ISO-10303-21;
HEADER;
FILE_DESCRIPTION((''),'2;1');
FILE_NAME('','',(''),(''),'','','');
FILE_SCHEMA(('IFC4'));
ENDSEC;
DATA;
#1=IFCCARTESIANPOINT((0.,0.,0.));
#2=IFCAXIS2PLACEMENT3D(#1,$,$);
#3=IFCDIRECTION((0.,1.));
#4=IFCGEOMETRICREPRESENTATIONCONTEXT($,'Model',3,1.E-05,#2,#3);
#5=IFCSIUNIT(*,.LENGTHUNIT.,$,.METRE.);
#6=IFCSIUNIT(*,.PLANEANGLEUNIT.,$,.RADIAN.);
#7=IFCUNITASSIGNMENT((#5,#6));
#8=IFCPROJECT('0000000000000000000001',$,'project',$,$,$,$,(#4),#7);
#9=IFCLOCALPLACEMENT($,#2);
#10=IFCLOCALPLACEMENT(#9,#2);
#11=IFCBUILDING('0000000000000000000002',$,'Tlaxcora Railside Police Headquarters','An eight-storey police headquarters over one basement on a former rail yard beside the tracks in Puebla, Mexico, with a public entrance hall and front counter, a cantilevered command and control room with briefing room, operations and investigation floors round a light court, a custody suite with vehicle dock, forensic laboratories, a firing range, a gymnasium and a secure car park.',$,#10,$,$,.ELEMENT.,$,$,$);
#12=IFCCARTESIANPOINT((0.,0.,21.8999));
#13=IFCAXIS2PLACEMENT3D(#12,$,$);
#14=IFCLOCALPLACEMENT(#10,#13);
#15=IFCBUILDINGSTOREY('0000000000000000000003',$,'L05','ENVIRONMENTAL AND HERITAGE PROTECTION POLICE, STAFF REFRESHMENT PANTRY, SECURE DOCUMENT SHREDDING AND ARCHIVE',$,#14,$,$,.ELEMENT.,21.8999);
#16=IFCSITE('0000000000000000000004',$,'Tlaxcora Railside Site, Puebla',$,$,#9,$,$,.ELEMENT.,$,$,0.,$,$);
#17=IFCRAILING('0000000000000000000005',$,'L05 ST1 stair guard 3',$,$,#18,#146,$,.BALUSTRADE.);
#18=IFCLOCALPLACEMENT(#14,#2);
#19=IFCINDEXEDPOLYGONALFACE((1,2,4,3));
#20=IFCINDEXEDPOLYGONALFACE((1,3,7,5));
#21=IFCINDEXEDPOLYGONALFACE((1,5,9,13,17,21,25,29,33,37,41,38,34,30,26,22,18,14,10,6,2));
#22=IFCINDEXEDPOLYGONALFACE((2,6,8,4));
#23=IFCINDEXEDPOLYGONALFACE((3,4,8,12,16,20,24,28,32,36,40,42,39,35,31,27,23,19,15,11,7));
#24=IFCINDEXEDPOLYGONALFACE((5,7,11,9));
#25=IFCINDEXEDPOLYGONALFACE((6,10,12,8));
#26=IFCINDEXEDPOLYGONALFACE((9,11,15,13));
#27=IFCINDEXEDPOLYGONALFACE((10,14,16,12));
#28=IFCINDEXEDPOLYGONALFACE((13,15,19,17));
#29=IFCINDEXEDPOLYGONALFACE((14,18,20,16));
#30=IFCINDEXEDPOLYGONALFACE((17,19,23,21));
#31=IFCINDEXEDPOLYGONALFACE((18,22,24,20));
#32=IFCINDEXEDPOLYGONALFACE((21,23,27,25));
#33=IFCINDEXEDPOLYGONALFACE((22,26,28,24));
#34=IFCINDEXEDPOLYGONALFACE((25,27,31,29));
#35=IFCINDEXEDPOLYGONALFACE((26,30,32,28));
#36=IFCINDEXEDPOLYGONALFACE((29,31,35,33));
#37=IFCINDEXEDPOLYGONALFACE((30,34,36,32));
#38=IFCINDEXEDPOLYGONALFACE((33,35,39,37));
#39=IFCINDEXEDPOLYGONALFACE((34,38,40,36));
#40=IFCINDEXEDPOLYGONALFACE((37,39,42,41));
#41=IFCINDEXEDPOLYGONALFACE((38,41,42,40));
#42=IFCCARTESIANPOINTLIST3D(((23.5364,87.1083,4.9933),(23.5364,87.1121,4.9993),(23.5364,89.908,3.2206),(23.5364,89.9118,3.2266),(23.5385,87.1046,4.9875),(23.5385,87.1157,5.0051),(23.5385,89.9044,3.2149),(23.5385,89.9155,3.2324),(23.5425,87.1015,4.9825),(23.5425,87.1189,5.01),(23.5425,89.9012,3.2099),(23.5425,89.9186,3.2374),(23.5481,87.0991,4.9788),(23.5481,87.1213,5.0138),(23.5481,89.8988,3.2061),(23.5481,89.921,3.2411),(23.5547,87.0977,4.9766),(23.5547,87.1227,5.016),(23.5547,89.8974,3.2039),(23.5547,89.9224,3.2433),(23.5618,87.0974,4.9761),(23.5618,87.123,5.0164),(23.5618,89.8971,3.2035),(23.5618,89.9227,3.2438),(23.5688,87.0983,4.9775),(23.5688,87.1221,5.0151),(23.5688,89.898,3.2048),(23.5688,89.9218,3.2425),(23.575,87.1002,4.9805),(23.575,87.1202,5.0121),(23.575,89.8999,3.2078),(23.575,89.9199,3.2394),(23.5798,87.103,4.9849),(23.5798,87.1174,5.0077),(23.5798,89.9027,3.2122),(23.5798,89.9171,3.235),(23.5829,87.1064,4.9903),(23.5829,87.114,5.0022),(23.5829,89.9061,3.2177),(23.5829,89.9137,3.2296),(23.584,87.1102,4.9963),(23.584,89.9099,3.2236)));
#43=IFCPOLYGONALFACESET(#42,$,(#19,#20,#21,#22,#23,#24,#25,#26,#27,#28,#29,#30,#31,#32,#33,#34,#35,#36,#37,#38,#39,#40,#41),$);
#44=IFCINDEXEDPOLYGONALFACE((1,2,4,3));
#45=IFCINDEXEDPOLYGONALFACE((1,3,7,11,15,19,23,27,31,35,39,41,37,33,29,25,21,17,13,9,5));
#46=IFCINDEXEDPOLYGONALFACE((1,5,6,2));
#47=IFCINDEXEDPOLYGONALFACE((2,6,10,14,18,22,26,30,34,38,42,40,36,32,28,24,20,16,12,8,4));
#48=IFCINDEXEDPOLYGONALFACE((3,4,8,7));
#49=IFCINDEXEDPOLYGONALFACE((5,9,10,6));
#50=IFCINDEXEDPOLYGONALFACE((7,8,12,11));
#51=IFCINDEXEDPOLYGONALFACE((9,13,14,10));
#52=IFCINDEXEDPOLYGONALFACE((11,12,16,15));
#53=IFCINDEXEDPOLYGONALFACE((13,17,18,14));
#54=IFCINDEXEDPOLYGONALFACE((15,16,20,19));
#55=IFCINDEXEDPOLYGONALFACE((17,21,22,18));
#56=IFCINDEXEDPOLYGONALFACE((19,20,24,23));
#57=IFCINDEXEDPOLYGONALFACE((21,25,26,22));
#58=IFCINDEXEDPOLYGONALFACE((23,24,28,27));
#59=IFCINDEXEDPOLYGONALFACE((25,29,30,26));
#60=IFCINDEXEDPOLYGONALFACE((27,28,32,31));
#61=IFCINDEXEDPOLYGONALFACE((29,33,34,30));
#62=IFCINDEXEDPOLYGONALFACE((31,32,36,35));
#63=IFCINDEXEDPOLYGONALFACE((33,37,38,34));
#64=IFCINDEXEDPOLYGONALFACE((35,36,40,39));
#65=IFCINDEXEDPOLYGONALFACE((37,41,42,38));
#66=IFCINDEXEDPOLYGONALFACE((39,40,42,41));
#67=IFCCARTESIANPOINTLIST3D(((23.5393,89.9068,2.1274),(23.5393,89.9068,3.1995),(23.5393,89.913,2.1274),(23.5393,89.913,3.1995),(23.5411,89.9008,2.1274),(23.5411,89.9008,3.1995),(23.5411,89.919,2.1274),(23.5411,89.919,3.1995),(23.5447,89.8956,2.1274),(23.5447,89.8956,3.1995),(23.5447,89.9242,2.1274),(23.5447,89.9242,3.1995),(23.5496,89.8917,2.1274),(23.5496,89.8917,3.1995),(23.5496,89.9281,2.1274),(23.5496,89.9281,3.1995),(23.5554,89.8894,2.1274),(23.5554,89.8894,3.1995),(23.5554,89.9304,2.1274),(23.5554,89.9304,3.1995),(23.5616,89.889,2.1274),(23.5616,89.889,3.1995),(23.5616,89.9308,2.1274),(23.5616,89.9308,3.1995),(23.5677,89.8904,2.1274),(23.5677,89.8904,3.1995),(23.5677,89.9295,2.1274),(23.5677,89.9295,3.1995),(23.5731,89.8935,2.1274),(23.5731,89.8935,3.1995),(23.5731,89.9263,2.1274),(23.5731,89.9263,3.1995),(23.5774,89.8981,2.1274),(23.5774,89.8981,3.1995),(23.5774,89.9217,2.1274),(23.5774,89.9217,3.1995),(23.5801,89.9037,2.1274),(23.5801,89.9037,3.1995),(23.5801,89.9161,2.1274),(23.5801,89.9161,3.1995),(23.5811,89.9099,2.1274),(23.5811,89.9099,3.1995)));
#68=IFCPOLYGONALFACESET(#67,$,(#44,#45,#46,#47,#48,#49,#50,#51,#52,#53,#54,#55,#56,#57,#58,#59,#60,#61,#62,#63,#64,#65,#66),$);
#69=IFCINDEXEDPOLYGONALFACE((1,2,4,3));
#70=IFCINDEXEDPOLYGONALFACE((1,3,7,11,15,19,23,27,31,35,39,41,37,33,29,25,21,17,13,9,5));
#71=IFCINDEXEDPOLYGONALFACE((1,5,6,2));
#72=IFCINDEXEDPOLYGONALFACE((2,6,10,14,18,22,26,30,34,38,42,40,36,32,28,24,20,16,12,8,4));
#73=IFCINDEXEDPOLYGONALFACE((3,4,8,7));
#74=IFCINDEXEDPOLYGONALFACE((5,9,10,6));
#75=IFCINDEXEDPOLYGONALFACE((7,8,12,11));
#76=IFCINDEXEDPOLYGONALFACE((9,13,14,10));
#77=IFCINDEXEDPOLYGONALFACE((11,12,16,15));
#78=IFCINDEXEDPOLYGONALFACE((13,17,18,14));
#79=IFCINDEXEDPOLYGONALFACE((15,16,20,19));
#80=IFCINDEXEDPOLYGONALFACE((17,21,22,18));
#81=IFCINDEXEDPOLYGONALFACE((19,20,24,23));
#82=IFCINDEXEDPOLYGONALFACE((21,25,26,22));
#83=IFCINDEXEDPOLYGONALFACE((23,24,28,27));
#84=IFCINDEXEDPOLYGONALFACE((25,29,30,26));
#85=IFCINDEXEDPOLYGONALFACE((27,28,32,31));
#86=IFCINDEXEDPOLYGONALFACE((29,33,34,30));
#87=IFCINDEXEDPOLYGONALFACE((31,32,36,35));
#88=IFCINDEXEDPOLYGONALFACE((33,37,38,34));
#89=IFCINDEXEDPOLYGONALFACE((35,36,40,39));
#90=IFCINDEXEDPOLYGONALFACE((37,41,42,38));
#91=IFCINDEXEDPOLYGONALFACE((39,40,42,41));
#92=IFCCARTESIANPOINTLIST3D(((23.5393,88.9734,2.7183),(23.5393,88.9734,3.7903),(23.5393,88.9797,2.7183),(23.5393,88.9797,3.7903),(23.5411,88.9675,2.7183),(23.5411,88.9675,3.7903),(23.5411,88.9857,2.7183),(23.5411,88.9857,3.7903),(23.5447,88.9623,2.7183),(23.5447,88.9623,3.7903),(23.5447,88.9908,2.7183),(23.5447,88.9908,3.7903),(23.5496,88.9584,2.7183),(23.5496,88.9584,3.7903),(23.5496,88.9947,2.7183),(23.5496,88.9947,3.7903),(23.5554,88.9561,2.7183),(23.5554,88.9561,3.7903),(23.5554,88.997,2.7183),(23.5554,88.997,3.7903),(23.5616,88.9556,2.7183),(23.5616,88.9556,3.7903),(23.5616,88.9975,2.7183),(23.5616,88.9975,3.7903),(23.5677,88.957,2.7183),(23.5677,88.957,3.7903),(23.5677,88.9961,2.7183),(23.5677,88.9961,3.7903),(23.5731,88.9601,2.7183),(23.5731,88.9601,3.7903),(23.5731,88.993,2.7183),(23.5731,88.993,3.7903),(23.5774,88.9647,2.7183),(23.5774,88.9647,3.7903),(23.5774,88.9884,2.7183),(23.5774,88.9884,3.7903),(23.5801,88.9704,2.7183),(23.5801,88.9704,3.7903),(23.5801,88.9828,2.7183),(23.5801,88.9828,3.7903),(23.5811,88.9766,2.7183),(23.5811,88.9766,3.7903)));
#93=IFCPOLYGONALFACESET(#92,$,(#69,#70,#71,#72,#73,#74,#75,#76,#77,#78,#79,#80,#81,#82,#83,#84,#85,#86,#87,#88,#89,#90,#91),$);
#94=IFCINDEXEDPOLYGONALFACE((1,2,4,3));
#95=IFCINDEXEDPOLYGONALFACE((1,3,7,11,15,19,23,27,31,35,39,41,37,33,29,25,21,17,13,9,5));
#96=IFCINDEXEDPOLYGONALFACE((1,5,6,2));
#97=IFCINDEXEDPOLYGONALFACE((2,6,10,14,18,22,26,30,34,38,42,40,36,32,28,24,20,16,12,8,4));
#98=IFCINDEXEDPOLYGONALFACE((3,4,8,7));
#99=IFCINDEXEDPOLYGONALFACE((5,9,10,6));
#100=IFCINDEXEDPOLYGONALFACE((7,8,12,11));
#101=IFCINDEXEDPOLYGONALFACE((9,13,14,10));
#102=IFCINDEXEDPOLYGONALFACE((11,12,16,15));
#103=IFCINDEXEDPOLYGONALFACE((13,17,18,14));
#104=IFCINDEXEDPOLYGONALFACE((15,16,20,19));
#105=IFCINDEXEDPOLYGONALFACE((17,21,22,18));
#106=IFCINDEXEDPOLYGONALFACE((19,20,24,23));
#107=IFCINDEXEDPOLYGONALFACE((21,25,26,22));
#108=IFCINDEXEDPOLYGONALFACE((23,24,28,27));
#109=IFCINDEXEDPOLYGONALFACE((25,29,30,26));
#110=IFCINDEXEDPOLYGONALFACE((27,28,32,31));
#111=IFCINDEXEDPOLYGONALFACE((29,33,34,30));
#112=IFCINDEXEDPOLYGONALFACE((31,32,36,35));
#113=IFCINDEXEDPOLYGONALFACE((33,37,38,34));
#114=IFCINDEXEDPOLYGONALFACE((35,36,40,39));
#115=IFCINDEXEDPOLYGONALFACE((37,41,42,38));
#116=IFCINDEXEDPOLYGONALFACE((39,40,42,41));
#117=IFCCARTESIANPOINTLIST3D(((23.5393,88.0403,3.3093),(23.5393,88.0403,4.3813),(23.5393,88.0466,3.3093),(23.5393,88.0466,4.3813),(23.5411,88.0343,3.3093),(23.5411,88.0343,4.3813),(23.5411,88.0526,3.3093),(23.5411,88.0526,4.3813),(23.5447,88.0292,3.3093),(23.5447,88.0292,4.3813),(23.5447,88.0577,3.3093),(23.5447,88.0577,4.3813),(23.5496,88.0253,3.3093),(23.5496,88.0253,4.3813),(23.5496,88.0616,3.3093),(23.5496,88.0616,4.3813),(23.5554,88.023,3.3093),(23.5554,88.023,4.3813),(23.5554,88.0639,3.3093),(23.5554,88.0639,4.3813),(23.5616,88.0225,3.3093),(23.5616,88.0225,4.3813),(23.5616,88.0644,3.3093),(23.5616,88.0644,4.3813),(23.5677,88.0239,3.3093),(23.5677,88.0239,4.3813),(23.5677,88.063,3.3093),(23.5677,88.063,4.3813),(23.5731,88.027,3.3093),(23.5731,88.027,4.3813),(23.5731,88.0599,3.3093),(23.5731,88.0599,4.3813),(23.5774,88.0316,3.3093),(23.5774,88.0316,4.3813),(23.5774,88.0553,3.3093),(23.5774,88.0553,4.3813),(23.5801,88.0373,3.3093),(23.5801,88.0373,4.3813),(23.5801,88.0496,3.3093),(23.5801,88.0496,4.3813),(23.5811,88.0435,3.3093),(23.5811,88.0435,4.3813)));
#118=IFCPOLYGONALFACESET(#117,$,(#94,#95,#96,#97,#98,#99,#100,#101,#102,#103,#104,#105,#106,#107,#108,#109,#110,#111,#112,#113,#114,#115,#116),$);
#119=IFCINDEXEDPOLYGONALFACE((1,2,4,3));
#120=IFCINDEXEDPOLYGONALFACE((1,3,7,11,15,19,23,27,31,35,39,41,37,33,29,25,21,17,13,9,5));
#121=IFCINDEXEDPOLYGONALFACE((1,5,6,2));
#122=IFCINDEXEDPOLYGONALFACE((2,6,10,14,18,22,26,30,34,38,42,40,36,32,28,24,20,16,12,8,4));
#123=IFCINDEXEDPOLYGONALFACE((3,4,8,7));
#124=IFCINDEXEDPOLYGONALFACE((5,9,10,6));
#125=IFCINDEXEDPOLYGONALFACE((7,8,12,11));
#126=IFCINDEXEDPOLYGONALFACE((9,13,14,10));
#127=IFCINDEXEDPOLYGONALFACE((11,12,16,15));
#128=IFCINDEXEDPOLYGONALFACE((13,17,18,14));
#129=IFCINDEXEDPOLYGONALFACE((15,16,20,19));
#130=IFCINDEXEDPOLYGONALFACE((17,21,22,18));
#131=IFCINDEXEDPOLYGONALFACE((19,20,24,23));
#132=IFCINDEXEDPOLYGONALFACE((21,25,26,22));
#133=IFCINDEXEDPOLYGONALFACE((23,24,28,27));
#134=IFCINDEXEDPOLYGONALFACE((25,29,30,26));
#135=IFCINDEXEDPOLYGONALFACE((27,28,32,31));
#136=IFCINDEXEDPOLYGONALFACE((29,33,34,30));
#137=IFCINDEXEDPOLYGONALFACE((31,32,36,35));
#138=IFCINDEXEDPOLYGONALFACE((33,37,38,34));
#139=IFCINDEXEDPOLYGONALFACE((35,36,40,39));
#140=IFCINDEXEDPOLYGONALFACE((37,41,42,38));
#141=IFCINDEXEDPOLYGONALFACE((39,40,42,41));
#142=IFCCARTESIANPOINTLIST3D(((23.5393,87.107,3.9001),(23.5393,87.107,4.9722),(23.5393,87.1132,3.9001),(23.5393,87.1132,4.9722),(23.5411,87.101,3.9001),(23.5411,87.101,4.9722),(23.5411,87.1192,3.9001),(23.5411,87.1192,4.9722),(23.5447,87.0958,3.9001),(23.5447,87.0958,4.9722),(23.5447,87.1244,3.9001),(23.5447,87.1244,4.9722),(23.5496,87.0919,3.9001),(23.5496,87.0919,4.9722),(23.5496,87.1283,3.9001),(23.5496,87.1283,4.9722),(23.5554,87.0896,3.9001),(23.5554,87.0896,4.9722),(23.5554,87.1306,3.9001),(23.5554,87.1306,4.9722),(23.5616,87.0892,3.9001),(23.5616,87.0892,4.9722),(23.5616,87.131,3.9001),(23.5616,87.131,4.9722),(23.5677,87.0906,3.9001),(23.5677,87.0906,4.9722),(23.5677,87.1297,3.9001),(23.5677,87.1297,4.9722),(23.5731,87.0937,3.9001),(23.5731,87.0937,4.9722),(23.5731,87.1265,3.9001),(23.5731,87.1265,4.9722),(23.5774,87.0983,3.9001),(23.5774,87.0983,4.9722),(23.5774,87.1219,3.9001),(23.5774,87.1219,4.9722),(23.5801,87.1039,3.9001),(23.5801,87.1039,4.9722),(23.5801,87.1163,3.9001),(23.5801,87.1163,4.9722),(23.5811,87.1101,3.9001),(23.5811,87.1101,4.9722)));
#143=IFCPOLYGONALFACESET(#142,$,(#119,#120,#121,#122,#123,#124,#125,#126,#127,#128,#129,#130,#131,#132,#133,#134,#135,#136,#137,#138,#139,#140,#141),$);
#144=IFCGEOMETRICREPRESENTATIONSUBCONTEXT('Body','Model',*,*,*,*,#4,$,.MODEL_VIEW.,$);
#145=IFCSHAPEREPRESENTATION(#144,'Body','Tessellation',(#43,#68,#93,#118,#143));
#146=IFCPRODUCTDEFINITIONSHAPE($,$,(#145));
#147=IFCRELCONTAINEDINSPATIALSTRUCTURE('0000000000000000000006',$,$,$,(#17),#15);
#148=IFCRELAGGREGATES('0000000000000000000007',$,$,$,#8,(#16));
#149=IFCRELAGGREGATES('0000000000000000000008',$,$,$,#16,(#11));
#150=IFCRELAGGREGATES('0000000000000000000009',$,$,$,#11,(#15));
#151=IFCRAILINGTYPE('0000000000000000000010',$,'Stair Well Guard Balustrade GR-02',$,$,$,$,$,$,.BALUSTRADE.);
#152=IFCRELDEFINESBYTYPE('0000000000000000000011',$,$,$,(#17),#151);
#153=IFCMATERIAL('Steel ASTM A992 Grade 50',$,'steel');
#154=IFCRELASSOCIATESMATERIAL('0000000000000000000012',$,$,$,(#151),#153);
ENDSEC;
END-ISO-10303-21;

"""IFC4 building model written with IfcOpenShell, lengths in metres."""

from ifc_helpers import new_model, si_unit, direction, frame, origin, origin_2d, place, context, subcontext, project, spatial, circle, extrude, material, type_object, element, save


model = new_model("IFC4")

# Units and contexts
model_context = context("Model", 3, precision=1e-05, world=origin(), true_north=direction((0.0, 1.0)))
body_context = subcontext(model_context, "Body", "Model", "MODEL_VIEW")
ifc_project = project(units=[si_unit("LENGTHUNIT", "METRE"), si_unit("PLANEANGLEUNIT", "RADIAN")], contexts=[model_context])

# Site, building, storey
site_placement = place(None, origin())
site = spatial("IfcSite", under=ifc_project, at=site_placement, Name="Tlaxcora Railside Site, Puebla", CompositionType="ELEMENT", RefElevation=0.0)
building_placement = place(site_placement, origin())
building = spatial("IfcBuilding", under=site, at=building_placement, Name="Tlaxcora Railside Police Headquarters", Description="An eight-storey police headquarters over one basement on a former rail yard beside the tracks in Puebla, Mexico, with a public entrance hall and front counter, a cantilevered command and control room with briefing room, operations and investigation floors round a light court, a custody suite with vehicle dock, forensic laboratories, a firing range, a gymnasium and a secure car park.", CompositionType="ELEMENT")
storey_placement = place(building_placement, frame((0.0, 0.0, 21.8999)))
storey = spatial("IfcBuildingStorey", under=building, at=storey_placement, Name="L05", Description="ENVIRONMENTAL AND HERITAGE PROTECTION POLICE, STAFF REFRESHMENT PANTRY, SECURE DOCUMENT SHREDDING AND ARCHIVE", CompositionType="ELEMENT", Elevation=21.8999)

# Shared definitions
ifc_material_1 = material(Name="Steel ASTM A992 Grade 50", Category="steel")

# Railing
railing_type_1 = type_object("IfcRailingType", Name="Stair Well Guard Balustrade GR-02", PredefinedType="BALUSTRADE", material=ifc_material_1)
railing_1_placement = place(storey_placement, frame((23.5601, 89.9099, 2.1274)))
element("IfcRailing", 1, at=railing_1_placement, inside=storey, type_object=railing_type_1, Name="L05 ST1 stair guard 3", PredefinedType="BALUSTRADE", context=body_context, shape_type="SweptSolid", body=[
    extrude(circle(Radius=0.0239, at=origin_2d()), frame((0.0, 0.0, 1.0962), z_axis=(0.0, -0.844888, 0.534943), x_axis=(1.0, 0.0, 0.0)), (0.0, 0.0, 1.0), 3.3137),
    extrude(circle(Radius=0.021, at=origin_2d()), origin(), (0.0, 0.0, 1.0), 1.072),
    extrude(circle(Radius=0.021, at=origin_2d()), frame((0.0, -0.9333, 0.5908)), (0.0, 0.0, 1.0), 1.072),
    extrude(circle(Radius=0.021, at=origin_2d()), frame((0.0, -1.8665, 1.1819)), (0.0, 0.0, 1.0), 1.072),
    extrude(circle(Radius=0.021, at=origin_2d()), frame((0.0, -2.7998, 1.7727)), (0.0, 0.0, 1.0), 1.072),
])

save(model, "model.ifc")
